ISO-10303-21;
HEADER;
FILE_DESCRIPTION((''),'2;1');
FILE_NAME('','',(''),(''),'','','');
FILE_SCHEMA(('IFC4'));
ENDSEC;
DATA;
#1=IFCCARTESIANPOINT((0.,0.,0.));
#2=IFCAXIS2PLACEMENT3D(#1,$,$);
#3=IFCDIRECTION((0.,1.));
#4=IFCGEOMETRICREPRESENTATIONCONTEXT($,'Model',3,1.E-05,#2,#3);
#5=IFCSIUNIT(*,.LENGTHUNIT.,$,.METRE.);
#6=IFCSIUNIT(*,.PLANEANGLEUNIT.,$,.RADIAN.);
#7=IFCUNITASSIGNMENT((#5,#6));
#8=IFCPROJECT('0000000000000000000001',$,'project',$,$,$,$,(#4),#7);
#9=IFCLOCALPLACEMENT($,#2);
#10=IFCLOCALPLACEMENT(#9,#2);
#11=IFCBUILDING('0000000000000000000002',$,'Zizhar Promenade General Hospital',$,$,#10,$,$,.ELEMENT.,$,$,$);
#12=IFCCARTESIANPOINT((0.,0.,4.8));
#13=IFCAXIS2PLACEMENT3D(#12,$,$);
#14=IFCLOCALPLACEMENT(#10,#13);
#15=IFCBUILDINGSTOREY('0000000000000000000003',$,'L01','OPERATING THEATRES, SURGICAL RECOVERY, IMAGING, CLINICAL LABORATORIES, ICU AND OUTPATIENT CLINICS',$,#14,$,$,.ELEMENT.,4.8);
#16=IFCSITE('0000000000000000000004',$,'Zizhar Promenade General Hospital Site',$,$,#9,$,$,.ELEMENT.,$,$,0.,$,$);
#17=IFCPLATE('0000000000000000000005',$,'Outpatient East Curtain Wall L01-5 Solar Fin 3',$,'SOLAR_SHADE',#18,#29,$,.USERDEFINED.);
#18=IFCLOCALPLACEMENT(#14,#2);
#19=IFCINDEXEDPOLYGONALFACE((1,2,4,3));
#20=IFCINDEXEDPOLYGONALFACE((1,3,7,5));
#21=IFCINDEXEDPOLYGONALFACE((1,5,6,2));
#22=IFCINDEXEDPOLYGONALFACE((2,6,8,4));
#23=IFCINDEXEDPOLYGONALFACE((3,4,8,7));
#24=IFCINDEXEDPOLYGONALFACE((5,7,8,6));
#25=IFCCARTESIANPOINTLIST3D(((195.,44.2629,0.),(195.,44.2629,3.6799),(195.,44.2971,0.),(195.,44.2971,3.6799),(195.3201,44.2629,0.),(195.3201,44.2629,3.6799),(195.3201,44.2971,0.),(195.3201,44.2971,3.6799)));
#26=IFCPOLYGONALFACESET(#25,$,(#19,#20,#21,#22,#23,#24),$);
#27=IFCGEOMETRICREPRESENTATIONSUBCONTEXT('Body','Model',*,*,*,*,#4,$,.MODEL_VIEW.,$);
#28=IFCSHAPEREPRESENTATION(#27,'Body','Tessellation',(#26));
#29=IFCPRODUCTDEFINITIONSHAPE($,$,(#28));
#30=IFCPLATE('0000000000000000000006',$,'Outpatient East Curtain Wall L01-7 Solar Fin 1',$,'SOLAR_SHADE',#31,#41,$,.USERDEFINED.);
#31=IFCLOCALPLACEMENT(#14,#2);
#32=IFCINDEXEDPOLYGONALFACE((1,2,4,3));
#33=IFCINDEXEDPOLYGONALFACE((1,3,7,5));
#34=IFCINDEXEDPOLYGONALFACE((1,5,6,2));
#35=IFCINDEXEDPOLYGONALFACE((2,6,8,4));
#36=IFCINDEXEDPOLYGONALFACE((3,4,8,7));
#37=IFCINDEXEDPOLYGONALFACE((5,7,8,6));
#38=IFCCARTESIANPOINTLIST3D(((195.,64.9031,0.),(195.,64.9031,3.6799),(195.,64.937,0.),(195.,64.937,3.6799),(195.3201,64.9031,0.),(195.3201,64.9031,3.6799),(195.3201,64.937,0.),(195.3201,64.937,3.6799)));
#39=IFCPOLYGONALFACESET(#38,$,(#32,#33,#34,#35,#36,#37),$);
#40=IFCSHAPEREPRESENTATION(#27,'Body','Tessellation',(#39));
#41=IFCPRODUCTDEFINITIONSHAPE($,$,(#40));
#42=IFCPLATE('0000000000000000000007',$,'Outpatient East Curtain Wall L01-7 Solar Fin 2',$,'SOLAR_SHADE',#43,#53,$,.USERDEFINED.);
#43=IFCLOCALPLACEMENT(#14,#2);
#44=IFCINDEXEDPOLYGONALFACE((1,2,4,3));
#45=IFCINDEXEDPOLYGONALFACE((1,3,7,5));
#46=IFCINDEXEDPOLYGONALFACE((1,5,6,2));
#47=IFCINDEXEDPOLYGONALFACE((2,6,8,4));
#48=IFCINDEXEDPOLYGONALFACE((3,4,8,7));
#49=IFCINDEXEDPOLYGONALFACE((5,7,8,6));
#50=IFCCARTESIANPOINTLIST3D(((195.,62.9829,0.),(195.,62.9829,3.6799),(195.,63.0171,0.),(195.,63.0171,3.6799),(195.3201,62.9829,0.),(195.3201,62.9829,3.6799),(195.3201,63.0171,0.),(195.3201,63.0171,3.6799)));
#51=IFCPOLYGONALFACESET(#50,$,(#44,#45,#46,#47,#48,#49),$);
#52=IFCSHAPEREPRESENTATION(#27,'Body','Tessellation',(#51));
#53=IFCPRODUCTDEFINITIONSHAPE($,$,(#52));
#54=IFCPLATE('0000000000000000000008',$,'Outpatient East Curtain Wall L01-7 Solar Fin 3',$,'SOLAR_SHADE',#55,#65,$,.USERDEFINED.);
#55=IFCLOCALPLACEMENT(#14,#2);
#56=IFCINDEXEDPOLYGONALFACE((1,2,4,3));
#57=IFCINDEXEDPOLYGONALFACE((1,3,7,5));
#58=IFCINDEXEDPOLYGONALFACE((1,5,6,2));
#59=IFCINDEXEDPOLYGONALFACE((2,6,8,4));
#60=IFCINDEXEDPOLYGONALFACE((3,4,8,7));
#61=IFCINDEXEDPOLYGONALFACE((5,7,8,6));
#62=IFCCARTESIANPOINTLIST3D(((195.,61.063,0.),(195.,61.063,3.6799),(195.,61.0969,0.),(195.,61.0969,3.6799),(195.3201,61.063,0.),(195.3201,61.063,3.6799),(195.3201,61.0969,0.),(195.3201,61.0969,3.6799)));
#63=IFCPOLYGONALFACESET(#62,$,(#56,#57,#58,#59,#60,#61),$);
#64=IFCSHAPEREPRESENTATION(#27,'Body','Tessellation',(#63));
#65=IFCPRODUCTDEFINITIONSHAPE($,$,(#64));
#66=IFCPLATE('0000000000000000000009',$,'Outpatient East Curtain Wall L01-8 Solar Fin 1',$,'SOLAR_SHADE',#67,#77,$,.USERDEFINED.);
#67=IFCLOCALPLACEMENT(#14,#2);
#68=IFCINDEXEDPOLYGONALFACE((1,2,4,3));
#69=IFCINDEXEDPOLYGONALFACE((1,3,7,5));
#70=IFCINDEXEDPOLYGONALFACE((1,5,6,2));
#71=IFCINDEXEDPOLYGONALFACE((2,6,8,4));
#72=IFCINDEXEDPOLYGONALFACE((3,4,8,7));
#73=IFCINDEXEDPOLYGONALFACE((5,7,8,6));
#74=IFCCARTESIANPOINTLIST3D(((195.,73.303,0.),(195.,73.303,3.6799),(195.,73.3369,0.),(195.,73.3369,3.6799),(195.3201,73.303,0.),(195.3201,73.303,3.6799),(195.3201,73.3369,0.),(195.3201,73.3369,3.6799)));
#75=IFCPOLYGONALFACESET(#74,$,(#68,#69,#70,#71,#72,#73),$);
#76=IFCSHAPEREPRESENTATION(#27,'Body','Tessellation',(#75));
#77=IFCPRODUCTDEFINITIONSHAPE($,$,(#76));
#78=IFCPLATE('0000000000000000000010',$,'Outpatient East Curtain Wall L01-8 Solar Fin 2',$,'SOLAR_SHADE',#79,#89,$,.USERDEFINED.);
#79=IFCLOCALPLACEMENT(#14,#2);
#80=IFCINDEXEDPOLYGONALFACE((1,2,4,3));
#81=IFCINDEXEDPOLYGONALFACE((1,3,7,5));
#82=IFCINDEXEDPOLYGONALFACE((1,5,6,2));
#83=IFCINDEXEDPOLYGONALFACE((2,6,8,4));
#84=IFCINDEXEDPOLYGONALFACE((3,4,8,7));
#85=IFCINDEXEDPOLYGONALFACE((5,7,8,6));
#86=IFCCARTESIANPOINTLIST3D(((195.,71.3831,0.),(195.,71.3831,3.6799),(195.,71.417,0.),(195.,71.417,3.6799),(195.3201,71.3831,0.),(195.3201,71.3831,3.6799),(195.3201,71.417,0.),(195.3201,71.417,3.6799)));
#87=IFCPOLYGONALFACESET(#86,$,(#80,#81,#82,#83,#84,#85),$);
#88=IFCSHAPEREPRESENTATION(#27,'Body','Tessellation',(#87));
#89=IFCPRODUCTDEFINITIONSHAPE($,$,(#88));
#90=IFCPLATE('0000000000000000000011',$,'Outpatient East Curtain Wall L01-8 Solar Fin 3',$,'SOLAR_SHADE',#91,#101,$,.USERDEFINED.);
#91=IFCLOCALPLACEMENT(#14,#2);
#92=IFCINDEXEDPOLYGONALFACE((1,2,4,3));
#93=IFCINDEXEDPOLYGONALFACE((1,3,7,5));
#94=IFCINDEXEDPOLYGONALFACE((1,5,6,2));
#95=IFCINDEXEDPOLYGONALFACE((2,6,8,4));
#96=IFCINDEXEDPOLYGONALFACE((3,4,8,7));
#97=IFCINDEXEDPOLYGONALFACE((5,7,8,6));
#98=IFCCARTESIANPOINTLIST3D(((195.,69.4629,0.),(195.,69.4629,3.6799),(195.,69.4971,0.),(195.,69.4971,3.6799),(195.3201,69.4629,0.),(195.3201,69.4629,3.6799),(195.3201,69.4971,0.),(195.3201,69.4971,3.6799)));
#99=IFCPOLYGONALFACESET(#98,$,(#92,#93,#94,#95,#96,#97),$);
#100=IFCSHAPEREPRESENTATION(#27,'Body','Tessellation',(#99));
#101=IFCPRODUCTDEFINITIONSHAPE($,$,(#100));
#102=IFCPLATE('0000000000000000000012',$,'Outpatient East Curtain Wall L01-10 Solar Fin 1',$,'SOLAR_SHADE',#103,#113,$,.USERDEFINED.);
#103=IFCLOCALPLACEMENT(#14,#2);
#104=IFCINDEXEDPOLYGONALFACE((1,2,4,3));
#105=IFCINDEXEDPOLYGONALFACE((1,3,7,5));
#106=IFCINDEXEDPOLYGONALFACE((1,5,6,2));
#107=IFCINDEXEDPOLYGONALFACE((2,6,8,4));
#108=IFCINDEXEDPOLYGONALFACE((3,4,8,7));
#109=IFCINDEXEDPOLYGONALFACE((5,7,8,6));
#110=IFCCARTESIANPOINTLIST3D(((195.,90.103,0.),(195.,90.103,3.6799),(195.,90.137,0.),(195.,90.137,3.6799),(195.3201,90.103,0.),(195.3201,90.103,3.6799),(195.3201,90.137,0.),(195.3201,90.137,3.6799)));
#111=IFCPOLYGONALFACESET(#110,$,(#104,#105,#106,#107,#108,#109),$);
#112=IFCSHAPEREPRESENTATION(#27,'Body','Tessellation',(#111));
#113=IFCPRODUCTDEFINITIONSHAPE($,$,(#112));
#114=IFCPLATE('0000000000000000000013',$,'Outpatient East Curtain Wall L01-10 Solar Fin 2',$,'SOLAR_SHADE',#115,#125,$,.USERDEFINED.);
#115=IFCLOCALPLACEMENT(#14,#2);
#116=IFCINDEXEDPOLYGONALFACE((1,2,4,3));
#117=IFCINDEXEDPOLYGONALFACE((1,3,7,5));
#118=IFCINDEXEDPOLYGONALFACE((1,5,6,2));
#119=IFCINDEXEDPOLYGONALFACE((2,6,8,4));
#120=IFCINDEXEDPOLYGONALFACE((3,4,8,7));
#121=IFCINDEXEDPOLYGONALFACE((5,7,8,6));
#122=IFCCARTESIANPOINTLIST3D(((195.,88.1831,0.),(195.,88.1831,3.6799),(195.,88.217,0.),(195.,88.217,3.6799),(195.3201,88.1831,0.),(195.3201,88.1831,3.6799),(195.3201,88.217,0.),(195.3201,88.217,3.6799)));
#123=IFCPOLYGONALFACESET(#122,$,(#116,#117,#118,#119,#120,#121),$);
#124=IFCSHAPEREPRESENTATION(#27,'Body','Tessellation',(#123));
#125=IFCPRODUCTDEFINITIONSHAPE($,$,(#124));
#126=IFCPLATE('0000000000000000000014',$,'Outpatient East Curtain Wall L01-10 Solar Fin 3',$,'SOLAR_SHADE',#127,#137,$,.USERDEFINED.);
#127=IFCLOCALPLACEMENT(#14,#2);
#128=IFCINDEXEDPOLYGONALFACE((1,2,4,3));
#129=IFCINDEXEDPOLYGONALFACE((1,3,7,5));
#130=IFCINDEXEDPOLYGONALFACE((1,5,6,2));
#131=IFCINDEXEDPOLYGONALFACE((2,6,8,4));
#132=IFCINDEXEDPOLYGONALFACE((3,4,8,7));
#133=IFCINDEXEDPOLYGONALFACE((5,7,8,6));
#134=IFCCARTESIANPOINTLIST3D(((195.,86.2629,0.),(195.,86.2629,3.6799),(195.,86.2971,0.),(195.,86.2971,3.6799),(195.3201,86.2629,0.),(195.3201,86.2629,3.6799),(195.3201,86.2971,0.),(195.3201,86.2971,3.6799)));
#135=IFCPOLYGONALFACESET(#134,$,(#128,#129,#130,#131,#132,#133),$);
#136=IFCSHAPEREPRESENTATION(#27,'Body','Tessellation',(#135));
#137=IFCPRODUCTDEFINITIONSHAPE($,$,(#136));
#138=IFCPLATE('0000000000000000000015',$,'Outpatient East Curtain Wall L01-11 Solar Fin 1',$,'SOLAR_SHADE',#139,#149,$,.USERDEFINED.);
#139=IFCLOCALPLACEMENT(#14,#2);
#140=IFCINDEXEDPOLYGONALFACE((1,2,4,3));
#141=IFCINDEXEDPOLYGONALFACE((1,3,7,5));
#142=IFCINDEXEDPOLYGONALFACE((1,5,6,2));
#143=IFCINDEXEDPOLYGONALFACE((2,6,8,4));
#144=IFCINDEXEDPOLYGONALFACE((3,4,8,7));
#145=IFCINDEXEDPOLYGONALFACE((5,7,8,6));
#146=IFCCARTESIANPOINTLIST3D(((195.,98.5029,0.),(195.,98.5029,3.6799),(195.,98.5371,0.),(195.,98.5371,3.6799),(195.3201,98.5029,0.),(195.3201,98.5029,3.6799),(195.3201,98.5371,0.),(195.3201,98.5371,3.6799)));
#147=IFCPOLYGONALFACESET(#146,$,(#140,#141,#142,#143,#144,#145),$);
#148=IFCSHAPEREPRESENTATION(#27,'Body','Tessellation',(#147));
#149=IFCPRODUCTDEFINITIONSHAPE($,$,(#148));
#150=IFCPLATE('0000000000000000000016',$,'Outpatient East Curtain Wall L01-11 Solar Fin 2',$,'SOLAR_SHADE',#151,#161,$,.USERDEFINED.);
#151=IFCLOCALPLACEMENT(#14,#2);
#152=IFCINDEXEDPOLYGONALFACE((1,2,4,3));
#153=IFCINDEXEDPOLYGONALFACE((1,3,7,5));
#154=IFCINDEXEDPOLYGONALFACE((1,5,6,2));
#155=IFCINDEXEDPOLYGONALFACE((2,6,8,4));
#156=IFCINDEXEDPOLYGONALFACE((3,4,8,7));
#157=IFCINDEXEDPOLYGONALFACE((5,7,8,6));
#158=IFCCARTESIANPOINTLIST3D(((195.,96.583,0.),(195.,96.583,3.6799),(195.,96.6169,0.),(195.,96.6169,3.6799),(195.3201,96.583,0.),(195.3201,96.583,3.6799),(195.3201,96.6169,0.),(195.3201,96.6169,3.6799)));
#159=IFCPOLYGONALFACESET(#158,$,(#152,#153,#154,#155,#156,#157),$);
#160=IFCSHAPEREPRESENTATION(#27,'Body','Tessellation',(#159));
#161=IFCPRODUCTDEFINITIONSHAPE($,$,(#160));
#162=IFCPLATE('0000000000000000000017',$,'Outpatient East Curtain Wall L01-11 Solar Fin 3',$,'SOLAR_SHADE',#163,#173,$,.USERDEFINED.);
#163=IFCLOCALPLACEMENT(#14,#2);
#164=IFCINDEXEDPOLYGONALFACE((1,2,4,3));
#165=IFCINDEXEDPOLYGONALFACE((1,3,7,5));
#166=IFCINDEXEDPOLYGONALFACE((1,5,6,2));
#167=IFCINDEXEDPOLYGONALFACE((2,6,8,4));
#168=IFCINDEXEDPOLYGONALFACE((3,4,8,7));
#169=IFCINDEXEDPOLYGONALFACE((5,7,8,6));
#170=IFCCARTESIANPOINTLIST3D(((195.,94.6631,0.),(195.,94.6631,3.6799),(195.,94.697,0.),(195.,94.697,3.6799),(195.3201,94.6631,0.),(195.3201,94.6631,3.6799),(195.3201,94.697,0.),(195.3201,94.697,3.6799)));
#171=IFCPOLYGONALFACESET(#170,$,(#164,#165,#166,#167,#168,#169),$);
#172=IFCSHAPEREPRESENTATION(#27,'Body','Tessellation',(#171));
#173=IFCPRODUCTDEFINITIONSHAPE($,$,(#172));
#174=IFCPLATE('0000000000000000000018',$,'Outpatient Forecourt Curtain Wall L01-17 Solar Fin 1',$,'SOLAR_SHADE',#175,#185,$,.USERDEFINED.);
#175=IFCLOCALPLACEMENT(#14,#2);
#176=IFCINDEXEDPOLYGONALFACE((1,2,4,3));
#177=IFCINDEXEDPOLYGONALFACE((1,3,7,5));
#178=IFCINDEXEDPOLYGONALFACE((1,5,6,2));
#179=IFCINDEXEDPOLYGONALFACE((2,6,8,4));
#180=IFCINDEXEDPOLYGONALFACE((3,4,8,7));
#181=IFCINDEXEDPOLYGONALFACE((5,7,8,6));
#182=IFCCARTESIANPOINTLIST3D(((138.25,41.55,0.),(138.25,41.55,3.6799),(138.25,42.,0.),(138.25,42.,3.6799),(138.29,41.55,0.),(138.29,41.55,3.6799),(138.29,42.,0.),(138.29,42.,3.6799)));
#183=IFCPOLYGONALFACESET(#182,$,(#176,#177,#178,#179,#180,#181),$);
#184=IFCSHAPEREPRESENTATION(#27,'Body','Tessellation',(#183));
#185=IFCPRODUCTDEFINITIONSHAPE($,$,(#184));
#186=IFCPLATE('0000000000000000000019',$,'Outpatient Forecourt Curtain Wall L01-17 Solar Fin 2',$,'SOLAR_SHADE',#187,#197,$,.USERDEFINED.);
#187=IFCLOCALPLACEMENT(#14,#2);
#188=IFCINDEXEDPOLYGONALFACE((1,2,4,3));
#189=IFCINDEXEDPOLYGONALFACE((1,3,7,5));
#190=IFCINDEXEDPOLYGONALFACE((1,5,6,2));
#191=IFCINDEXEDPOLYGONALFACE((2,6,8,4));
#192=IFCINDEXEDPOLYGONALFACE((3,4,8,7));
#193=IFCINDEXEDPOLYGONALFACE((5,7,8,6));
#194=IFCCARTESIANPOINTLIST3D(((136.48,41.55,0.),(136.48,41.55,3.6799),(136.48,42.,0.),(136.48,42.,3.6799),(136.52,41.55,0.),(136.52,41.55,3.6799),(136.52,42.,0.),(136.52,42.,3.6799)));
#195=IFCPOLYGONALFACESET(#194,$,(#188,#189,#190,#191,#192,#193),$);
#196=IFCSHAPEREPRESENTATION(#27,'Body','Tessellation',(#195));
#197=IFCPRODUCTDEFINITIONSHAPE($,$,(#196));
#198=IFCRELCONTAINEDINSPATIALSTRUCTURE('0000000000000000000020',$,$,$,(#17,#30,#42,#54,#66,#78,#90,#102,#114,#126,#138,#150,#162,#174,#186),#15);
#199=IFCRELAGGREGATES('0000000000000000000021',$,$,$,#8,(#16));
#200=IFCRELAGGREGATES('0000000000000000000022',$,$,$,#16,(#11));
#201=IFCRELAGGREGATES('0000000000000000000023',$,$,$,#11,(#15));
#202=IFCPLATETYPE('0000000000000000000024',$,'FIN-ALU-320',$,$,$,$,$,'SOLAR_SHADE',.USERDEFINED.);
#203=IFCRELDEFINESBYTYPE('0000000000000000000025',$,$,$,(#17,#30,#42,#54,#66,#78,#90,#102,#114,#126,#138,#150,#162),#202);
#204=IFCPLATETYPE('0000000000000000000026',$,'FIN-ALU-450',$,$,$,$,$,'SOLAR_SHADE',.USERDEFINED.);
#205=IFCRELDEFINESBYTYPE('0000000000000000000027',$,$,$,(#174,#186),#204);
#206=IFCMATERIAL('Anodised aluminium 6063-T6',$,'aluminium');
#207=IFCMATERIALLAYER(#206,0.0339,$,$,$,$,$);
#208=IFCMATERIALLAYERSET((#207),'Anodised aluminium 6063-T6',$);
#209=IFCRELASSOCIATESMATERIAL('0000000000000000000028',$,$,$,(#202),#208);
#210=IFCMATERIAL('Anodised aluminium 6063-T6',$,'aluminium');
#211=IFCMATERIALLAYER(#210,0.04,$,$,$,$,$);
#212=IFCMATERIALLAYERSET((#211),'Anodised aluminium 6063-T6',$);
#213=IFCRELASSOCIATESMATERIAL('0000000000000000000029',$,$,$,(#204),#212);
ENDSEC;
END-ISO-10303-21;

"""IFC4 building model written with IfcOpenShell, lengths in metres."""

from ifc_helpers import new_model, si_unit, direction, frame, origin, place, context, subcontext, project, spatial, polyline, outline, extrude, material, layer, layer_set, type_object, element, save


model = new_model("IFC4")

# Units and contexts
model_context = context("Model", 3, precision=1e-05, world=origin(), true_north=direction((0.0, 1.0)))
body_context = subcontext(model_context, "Body", "Model", "MODEL_VIEW")
ifc_project = project(units=[si_unit("LENGTHUNIT", "METRE"), si_unit("PLANEANGLEUNIT", "RADIAN")], contexts=[model_context])

# Site, building, storey
site_placement = place(None, origin())
site = spatial("IfcSite", under=ifc_project, at=site_placement, Name="Zizhar Promenade General Hospital Site", CompositionType="ELEMENT", RefElevation=0.0)
building_placement = place(site_placement, origin())
building = spatial("IfcBuilding", under=site, at=building_placement, Name="Zizhar Promenade General Hospital", CompositionType="ELEMENT")
storey_placement = place(building_placement, frame((0.0, 0.0, 4.8)))
storey = spatial("IfcBuildingStorey", under=building, at=storey_placement, Name="L01", Description="OPERATING THEATRES, SURGICAL RECOVERY, IMAGING, CLINICAL LABORATORIES, ICU AND OUTPATIENT CLINICS", CompositionType="ELEMENT", Elevation=4.8)

# Plates
ifc_material_1 = material(Name="Anodised aluminium 6063-T6", Category="aluminium")
ifc_layer_1 = layer(ifc_material_1, 0.0339)
ifc_layer_set_1 = layer_set([ifc_layer_1], Name="Anodised aluminium 6063-T6")
plate_type_1 = type_object("IfcPlateType", Name="FIN-ALU-320", ElementType="SOLAR_SHADE", PredefinedType="USERDEFINED", material=ifc_layer_set_1)
plate_1_placement = place(storey_placement, origin())
element("IfcPlate", 1, at=plate_1_placement, inside=storey, type_object=plate_type_1, Name="Outpatient East Curtain Wall L01-5 Solar Fin 3", ObjectType="SOLAR_SHADE", PredefinedType="USERDEFINED", context=body_context, shape_type="SweptSolid", body=[
    extrude(outline(polyline([(195.0, 44.2971), (195.0, 44.2629), (195.3201, 44.2629), (195.3201, 44.2971), (195.0, 44.2971)])), origin(), (0.0, 0.0, 1.0), 3.6799),
])
plate_2_placement = place(storey_placement, origin())
element("IfcPlate", 2, at=plate_2_placement, inside=storey, type_object=plate_type_1, Name="Outpatient East Curtain Wall L01-7 Solar Fin 1", ObjectType="SOLAR_SHADE", PredefinedType="USERDEFINED", context=body_context, shape_type="SweptSolid", body=[
    extrude(outline(polyline([(195.0, 64.937), (195.0, 64.9031), (195.3201, 64.9031), (195.3201, 64.937), (195.0, 64.937)])), origin(), (0.0, 0.0, 1.0), 3.6799),
])
plate_3_placement = place(storey_placement, origin())
element("IfcPlate", 3, at=plate_3_placement, inside=storey, type_object=plate_type_1, Name="Outpatient East Curtain Wall L01-7 Solar Fin 2", ObjectType="SOLAR_SHADE", PredefinedType="USERDEFINED", context=body_context, shape_type="SweptSolid", body=[
    extrude(outline(polyline([(195.0, 63.0171), (195.0, 62.9829), (195.3201, 62.9829), (195.3201, 63.0171), (195.0, 63.0171)])), origin(), (0.0, 0.0, 1.0), 3.6799),
])
plate_4_placement = place(storey_placement, origin())
element("IfcPlate", 4, at=plate_4_placement, inside=storey, type_object=plate_type_1, Name="Outpatient East Curtain Wall L01-7 Solar Fin 3", ObjectType="SOLAR_SHADE", PredefinedType="USERDEFINED", context=body_context, shape_type="SweptSolid", body=[
    extrude(outline(polyline([(195.0, 61.0969), (195.0, 61.063), (195.3201, 61.063), (195.3201, 61.0969), (195.0, 61.0969)])), origin(), (0.0, 0.0, 1.0), 3.6799),
])
plate_5_placement = place(storey_placement, origin())
element("IfcPlate", 5, at=plate_5_placement, inside=storey, type_object=plate_type_1, Name="Outpatient East Curtain Wall L01-8 Solar Fin 1", ObjectType="SOLAR_SHADE", PredefinedType="USERDEFINED", context=body_context, shape_type="SweptSolid", body=[
    extrude(outline(polyline([(195.0, 73.3369), (195.0, 73.303), (195.3201, 73.303), (195.3201, 73.3369), (195.0, 73.3369)])), origin(), (0.0, 0.0, 1.0), 3.6799),
])
plate_6_placement = place(storey_placement, origin())
element("IfcPlate", 6, at=plate_6_placement, inside=storey, type_object=plate_type_1, Name="Outpatient East Curtain Wall L01-8 Solar Fin 2", ObjectType="SOLAR_SHADE", PredefinedType="USERDEFINED", context=body_context, shape_type="SweptSolid", body=[
    extrude(outline(polyline([(195.0, 71.417), (195.0, 71.3831), (195.3201, 71.3831), (195.3201, 71.417), (195.0, 71.417)])), origin(), (0.0, 0.0, 1.0), 3.6799),
])
plate_7_placement = place(storey_placement, origin())
element("IfcPlate", 7, at=plate_7_placement, inside=storey, type_object=plate_type_1, Name="Outpatient East Curtain Wall L01-8 Solar Fin 3", ObjectType="SOLAR_SHADE", PredefinedType="USERDEFINED", context=body_context, shape_type="SweptSolid", body=[
    extrude(outline(polyline([(195.0, 69.4971), (195.0, 69.4629), (195.3201, 69.4629), (195.3201, 69.4971), (195.0, 69.4971)])), origin(), (0.0, 0.0, 1.0), 3.6799),
])
plate_8_placement = place(storey_placement, origin())
element("IfcPlate", 8, at=plate_8_placement, inside=storey, type_object=plate_type_1, Name="Outpatient East Curtain Wall L01-10 Solar Fin 1", ObjectType="SOLAR_SHADE", PredefinedType="USERDEFINED", context=body_context, shape_type="SweptSolid", body=[
    extrude(outline(polyline([(195.0, 90.137), (195.0, 90.103), (195.3201, 90.103), (195.3201, 90.137), (195.0, 90.137)])), origin(), (0.0, 0.0, 1.0), 3.6799),
])
plate_9_placement = place(storey_placement, origin())
element("IfcPlate", 9, at=plate_9_placement, inside=storey, type_object=plate_type_1, Name="Outpatient East Curtain Wall L01-10 Solar Fin 2", ObjectType="SOLAR_SHADE", PredefinedType="USERDEFINED", context=body_context, shape_type="SweptSolid", body=[
    extrude(outline(polyline([(195.0, 88.217), (195.0, 88.1831), (195.3201, 88.1831), (195.3201, 88.217), (195.0, 88.217)])), origin(), (0.0, 0.0, 1.0), 3.6799),
])
plate_10_placement = place(storey_placement, origin())
element("IfcPlate", 10, at=plate_10_placement, inside=storey, type_object=plate_type_1, Name="Outpatient East Curtain Wall L01-10 Solar Fin 3", ObjectType="SOLAR_SHADE", PredefinedType="USERDEFINED", context=body_context, shape_type="SweptSolid", body=[
    extrude(outline(polyline([(195.0, 86.2971), (195.0, 86.2629), (195.3201, 86.2629), (195.3201, 86.2971), (195.0, 86.2971)])), origin(), (0.0, 0.0, 1.0), 3.6799),
])
plate_11_placement = place(storey_placement, origin())
element("IfcPlate", 11, at=plate_11_placement, inside=storey, type_object=plate_type_1, Name="Outpatient East Curtain Wall L01-11 Solar Fin 1", ObjectType="SOLAR_SHADE", PredefinedType="USERDEFINED", context=body_context, shape_type="SweptSolid", body=[
    extrude(outline(polyline([(195.0, 98.5371), (195.0, 98.5029), (195.3201, 98.5029), (195.3201, 98.5371), (195.0, 98.5371)])), origin(), (0.0, 0.0, 1.0), 3.6799),
])
plate_12_placement = place(storey_placement, origin())
element("IfcPlate", 12, at=plate_12_placement, inside=storey, type_object=plate_type_1, Name="Outpatient East Curtain Wall L01-11 Solar Fin 2", ObjectType="SOLAR_SHADE", PredefinedType="USERDEFINED", context=body_context, shape_type="SweptSolid", body=[
    extrude(outline(polyline([(195.0, 96.6169), (195.0, 96.583), (195.3201, 96.583), (195.3201, 96.6169), (195.0, 96.6169)])), origin(), (0.0, 0.0, 1.0), 3.6799),
])
plate_13_placement = place(storey_placement, origin())
element("IfcPlate", 13, at=plate_13_placement, inside=storey, type_object=plate_type_1, Name="Outpatient East Curtain Wall L01-11 Solar Fin 3", ObjectType="SOLAR_SHADE", PredefinedType="USERDEFINED", context=body_context, shape_type="SweptSolid", body=[
    extrude(outline(polyline([(195.0, 94.697), (195.0, 94.6631), (195.3201, 94.6631), (195.3201, 94.697), (195.0, 94.697)])), origin(), (0.0, 0.0, 1.0), 3.6799),
])
ifc_material_2 = material(Name="Anodised aluminium 6063-T6", Category="aluminium")
ifc_layer_2 = layer(ifc_material_2, 0.04)
ifc_layer_set_2 = layer_set([ifc_layer_2], Name="Anodised aluminium 6063-T6")
plate_type_2 = type_object("IfcPlateType", Name="FIN-ALU-450", ElementType="SOLAR_SHADE", PredefinedType="USERDEFINED", material=ifc_layer_set_2)
plate_14_placement = place(storey_placement, origin())
element("IfcPlate", 14, at=plate_14_placement, inside=storey, type_object=plate_type_2, Name="Outpatient Forecourt Curtain Wall L01-17 Solar Fin 1", ObjectType="SOLAR_SHADE", PredefinedType="USERDEFINED", context=body_context, shape_type="SweptSolid", body=[
    extrude(outline(polyline([(138.29, 42.0), (138.25, 42.0), (138.25, 41.55), (138.29, 41.55), (138.29, 42.0)])), origin(), (0.0, 0.0, 1.0), 3.6799),
])
plate_15_placement = place(storey_placement, origin())
element("IfcPlate", 15, at=plate_15_placement, inside=storey, type_object=plate_type_2, Name="Outpatient Forecourt Curtain Wall L01-17 Solar Fin 2", ObjectType="SOLAR_SHADE", PredefinedType="USERDEFINED", context=body_context, shape_type="SweptSolid", body=[
    extrude(outline(polyline([(136.52, 42.0), (136.48, 42.0), (136.48, 41.55), (136.52, 41.55), (136.52, 42.0)])), origin(), (0.0, 0.0, 1.0), 3.6799),
])

save(model, "model.ifc")
